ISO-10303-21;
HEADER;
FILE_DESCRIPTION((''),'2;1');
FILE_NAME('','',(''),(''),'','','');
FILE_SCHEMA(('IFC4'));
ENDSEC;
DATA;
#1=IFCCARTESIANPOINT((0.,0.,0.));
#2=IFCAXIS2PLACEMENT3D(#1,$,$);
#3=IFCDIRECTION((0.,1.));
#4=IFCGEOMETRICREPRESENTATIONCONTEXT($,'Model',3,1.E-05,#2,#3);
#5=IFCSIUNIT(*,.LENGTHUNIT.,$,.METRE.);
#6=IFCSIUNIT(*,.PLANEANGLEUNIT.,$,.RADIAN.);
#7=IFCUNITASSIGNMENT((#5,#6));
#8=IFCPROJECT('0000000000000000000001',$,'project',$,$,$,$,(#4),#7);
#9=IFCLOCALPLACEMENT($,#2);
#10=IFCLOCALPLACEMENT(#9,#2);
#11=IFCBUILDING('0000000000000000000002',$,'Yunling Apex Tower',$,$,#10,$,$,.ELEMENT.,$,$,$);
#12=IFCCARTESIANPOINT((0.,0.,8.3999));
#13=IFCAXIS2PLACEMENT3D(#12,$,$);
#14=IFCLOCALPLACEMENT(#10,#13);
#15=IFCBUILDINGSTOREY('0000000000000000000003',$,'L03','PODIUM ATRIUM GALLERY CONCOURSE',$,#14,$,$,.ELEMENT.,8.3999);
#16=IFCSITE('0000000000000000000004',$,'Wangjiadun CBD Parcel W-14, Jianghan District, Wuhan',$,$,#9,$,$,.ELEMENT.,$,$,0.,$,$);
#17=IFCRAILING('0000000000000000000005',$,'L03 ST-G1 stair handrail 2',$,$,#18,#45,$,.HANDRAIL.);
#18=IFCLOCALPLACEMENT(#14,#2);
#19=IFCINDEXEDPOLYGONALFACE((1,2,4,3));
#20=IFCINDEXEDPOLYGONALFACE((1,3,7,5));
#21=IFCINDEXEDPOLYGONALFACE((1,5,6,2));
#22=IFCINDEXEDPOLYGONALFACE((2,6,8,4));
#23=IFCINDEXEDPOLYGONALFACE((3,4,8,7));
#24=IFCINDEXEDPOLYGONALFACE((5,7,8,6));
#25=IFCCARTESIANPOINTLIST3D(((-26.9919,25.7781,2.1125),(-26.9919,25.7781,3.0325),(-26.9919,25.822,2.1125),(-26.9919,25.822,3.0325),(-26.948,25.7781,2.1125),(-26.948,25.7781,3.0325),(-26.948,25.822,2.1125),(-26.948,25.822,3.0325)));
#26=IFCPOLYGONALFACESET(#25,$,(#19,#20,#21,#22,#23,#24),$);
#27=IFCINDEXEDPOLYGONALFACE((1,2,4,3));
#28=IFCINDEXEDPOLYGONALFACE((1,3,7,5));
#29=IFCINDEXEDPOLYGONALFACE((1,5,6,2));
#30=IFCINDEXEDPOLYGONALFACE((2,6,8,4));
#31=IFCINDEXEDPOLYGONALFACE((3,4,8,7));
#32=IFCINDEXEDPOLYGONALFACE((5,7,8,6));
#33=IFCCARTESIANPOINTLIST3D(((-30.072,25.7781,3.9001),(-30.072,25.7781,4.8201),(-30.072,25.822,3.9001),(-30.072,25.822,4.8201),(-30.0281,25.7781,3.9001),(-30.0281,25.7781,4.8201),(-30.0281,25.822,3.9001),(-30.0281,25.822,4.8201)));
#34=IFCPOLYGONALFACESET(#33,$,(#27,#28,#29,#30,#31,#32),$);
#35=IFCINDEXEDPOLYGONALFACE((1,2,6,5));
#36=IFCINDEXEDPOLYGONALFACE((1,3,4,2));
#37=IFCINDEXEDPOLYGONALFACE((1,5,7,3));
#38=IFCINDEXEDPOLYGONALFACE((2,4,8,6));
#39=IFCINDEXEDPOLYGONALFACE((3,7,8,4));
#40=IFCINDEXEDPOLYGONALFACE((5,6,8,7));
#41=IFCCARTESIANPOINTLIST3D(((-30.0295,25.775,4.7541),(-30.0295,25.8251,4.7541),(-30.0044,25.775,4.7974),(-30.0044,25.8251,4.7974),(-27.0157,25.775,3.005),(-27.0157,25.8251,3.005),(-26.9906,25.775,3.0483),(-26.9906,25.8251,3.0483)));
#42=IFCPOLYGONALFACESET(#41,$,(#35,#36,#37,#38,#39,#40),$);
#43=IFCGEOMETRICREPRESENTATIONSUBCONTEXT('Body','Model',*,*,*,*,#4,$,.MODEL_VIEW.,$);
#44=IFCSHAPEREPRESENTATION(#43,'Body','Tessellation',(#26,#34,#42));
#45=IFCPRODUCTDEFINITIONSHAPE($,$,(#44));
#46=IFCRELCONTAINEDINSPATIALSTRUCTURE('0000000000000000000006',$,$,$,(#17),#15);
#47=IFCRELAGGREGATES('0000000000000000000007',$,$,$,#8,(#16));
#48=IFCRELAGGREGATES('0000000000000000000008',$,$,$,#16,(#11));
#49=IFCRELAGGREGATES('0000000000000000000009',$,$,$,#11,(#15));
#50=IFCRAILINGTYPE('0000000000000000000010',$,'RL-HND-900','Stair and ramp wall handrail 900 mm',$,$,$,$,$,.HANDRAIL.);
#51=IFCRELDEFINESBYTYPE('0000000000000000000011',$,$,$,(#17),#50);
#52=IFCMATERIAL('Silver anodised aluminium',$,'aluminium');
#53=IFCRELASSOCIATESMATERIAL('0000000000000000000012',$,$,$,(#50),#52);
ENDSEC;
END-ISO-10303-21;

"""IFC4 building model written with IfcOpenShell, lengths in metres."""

from ifc_helpers import new_model, si_unit, direction, frame, origin, origin_2d, place, context, subcontext, project, spatial, rectangle, extrude, material, type_object, element, save


model = new_model("IFC4")

# Units and contexts
model_context = context("Model", 3, precision=1e-05, world=origin(), true_north=direction((0.0, 1.0)))
body_context = subcontext(model_context, "Body", "Model", "MODEL_VIEW")
ifc_project = project(units=[si_unit("LENGTHUNIT", "METRE"), si_unit("PLANEANGLEUNIT", "RADIAN")], contexts=[model_context])

# Site, building, storey
site_placement = place(None, origin())
site = spatial("IfcSite", under=ifc_project, at=site_placement, Name="Wangjiadun CBD Parcel W-14, Jianghan District, Wuhan", CompositionType="ELEMENT", RefElevation=0.0)
building_placement = place(site_placement, origin())
building = spatial("IfcBuilding", under=site, at=building_placement, Name="Yunling Apex Tower", CompositionType="ELEMENT")
storey_placement = place(building_placement, frame((0.0, 0.0, 8.3999)))
storey = spatial("IfcBuildingStorey", under=building, at=storey_placement, Name="L03", Description="PODIUM ATRIUM GALLERY CONCOURSE", CompositionType="ELEMENT", Elevation=8.3999)

# Railing
ifc_material_1 = material(Name="Silver anodised aluminium", Category="aluminium")
railing_type_1 = type_object("IfcRailingType", Name="RL-HND-900", Description="Stair and ramp wall handrail 900 mm", PredefinedType="HANDRAIL", material=ifc_material_1)
railing_1_placement = place(storey_placement, frame((-26.97, 25.8, 2.1125)))
element("IfcRailing", 1, at=railing_1_placement, inside=storey, type_object=railing_type_1, Name="L03 ST-G1 stair handrail 2", PredefinedType="HANDRAIL", context=body_context, shape_type="SweptSolid", body=[
    extrude(rectangle(XDim=0.0439, YDim=0.0439, at=origin_2d()), origin(), (0.0, 0.0, 1.0), 0.9199),
    extrude(rectangle(XDim=0.0439, YDim=0.0439, at=origin_2d()), frame((-3.0801, 0.0, 1.7876)), (0.0, 0.0, 1.0), 0.9199),
    extrude(rectangle(XDim=0.05, YDim=0.05, at=origin_2d()), frame((-0.0332, 0.0, 0.9141), z_axis=(-0.864891, 0.0, 0.50196), x_axis=(0.0, -1.0, 0.0)), (0.0, 0.0, 1.0), 3.4846),
])

save(model, "model.ifc")
